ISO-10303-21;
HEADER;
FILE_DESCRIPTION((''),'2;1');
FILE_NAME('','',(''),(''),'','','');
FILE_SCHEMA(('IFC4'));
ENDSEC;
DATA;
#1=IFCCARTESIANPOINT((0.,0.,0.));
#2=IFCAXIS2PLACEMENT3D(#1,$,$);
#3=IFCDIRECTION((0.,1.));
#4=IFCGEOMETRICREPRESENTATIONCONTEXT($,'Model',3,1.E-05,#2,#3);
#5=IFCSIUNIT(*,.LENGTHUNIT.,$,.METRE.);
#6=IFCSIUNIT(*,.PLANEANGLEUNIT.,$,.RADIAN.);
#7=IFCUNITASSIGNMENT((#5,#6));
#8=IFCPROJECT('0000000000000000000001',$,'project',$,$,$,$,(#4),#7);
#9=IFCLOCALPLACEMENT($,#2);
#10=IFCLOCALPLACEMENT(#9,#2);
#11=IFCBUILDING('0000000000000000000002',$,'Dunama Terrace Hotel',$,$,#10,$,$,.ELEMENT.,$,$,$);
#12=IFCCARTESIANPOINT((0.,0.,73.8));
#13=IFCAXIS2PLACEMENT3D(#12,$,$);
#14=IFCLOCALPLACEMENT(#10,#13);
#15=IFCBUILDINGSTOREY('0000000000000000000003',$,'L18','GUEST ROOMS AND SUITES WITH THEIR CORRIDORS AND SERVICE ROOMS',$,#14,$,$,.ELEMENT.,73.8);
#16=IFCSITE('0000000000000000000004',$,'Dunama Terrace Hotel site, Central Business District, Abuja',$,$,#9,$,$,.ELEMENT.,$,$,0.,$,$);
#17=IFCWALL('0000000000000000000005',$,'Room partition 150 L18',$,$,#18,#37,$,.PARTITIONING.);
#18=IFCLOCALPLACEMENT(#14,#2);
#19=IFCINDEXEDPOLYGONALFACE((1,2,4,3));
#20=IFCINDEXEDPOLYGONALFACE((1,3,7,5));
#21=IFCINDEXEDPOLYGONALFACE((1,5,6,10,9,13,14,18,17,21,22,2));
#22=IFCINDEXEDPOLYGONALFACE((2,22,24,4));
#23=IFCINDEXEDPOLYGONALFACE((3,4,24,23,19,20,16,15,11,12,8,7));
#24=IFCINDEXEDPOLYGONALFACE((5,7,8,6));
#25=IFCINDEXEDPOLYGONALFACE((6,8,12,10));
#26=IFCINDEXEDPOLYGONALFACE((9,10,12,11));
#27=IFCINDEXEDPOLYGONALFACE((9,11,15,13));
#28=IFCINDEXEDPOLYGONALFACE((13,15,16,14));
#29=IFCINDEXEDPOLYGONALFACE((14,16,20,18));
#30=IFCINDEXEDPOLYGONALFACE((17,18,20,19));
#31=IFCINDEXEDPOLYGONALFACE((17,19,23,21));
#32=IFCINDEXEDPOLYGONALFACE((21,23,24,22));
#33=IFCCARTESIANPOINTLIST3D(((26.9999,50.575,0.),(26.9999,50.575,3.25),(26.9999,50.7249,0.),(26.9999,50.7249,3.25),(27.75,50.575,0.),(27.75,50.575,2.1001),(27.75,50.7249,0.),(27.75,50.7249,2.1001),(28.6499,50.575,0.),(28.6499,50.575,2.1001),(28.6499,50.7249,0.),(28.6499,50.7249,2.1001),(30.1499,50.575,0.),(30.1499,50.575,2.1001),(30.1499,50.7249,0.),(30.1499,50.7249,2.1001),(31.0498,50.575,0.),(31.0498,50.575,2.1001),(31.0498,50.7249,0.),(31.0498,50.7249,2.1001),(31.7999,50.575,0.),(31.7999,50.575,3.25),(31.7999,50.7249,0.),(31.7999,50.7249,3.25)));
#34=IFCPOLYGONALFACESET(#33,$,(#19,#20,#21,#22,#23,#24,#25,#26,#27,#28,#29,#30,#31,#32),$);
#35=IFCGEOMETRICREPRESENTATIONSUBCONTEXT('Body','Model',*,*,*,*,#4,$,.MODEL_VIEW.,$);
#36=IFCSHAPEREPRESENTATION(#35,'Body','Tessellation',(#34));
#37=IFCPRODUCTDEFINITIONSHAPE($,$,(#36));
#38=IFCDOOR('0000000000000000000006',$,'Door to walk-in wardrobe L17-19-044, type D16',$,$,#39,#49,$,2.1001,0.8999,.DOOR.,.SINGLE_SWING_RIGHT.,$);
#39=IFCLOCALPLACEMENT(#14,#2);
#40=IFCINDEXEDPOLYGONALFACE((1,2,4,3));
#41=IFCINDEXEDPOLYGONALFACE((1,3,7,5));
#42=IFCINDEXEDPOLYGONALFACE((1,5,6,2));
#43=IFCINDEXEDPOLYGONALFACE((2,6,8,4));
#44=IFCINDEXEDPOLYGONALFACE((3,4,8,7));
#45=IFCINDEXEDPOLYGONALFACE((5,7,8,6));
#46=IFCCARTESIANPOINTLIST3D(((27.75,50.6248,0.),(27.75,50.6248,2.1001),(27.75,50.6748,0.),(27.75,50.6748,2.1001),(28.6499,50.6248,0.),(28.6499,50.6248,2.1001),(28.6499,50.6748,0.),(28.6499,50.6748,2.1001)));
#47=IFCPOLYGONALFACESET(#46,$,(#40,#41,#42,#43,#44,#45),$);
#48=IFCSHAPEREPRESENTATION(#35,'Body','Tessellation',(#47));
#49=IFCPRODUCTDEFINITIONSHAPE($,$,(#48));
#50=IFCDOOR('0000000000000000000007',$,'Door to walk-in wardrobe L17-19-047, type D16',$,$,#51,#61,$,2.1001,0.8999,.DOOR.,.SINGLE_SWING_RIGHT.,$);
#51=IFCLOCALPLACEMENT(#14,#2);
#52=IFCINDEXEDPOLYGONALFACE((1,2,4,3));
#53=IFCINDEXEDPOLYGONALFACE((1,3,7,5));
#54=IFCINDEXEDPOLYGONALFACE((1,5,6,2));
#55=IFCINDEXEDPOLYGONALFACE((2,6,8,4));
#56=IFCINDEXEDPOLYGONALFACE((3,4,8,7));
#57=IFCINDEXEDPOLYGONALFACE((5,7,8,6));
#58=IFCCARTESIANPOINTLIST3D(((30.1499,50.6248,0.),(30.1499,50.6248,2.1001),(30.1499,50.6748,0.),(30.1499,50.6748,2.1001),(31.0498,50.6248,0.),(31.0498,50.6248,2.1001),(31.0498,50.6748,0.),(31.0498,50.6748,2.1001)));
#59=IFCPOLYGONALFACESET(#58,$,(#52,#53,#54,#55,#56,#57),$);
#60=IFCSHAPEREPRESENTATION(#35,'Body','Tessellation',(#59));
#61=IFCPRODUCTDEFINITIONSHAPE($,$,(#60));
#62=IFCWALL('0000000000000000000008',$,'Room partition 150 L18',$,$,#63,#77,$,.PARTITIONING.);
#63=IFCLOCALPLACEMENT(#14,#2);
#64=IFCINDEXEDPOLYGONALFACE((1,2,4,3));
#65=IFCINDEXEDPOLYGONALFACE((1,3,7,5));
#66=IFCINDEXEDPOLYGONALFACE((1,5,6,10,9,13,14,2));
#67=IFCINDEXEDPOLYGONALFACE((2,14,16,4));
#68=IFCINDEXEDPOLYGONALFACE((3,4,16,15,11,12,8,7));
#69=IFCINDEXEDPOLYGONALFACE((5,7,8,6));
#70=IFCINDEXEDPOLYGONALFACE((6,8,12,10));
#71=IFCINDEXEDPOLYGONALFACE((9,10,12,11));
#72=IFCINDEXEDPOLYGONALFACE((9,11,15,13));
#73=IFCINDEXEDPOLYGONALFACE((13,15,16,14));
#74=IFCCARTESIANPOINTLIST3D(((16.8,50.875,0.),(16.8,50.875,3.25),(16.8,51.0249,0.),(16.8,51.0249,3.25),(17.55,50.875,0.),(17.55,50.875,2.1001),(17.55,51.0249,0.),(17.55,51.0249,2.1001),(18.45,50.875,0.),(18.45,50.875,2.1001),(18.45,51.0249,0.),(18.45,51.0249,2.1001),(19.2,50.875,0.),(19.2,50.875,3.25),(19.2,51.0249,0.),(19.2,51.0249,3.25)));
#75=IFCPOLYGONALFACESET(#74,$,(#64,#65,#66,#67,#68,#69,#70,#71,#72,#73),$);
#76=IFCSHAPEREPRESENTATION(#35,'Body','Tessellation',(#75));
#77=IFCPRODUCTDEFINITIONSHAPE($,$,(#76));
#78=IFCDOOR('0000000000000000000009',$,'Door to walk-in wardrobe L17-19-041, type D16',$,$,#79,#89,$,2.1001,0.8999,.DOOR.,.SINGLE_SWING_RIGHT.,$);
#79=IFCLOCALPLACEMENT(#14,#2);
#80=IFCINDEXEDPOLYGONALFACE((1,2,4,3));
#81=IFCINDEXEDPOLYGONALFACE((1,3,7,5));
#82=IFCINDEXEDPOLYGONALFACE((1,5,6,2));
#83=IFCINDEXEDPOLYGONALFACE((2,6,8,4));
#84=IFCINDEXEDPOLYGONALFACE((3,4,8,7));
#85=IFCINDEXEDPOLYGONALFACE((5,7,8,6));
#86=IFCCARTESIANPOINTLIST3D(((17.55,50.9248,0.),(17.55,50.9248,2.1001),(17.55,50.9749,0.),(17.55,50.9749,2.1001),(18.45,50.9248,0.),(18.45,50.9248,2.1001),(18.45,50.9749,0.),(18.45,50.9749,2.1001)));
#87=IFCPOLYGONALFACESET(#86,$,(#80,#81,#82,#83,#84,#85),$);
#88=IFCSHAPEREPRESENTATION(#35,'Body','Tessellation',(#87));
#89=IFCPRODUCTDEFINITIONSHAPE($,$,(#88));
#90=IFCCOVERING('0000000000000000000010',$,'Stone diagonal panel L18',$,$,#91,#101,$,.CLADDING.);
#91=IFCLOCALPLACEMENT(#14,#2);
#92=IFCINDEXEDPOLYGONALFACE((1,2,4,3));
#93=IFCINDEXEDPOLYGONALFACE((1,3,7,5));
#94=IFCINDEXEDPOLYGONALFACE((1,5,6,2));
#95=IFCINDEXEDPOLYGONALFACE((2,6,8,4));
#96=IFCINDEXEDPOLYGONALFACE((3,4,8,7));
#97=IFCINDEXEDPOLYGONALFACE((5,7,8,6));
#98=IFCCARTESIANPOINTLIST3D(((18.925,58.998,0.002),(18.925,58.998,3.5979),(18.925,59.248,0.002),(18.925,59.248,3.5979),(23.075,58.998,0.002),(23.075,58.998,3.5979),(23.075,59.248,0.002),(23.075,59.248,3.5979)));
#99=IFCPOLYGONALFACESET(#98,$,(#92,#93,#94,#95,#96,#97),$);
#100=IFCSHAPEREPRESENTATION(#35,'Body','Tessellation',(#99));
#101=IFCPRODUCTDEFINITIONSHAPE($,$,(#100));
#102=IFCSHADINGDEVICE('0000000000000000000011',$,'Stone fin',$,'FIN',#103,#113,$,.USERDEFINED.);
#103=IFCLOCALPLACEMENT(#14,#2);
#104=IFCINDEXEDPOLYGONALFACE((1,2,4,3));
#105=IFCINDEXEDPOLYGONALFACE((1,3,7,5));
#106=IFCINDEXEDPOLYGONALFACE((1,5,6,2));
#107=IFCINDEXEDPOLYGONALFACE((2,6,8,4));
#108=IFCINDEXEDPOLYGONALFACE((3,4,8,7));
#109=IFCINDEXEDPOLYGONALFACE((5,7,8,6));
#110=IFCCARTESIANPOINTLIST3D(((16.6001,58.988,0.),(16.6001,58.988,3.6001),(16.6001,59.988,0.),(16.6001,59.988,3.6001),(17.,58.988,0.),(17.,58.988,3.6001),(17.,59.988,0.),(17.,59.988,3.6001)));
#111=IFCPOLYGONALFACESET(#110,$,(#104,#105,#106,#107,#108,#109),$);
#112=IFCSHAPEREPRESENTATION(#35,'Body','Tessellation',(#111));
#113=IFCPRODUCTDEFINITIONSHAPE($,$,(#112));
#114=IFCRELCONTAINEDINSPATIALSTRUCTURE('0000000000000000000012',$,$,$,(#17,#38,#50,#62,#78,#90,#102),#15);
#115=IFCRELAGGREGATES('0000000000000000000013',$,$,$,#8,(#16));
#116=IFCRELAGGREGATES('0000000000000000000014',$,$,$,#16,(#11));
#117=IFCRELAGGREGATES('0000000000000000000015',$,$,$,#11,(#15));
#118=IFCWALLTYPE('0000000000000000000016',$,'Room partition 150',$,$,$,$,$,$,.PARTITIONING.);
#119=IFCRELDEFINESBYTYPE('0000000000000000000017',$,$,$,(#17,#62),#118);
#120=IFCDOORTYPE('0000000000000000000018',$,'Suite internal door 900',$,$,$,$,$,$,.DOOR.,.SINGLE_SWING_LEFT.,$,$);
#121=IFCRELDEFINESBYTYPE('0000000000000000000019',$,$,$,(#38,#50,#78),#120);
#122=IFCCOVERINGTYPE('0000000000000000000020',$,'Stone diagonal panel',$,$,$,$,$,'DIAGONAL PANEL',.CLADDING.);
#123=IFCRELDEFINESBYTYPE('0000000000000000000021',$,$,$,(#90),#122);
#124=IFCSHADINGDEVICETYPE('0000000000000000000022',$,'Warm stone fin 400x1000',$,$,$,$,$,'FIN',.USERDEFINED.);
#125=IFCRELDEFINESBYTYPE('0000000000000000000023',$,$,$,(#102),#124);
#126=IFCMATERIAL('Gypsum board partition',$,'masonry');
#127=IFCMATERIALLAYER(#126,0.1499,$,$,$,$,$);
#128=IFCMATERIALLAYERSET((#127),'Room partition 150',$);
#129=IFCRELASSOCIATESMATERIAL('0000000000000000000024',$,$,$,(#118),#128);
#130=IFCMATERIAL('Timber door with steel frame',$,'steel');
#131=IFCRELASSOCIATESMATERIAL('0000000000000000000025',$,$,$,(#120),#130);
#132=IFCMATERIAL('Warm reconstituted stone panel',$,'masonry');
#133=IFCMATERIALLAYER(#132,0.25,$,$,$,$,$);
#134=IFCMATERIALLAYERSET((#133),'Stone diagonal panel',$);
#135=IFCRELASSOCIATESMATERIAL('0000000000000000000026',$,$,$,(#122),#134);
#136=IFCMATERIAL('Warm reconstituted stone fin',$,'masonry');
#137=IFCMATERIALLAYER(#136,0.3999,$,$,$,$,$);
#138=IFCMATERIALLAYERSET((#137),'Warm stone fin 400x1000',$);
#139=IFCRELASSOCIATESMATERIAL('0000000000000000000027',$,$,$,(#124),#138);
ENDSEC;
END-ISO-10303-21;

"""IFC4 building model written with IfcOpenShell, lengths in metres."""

from ifc_helpers import new_model, si_unit, direction, frame, frame_2d, origin, origin_2d, place, context, subcontext, project, spatial, rectangle, extrude, material, layer, layer_set, type_object, element, fill, save


model = new_model("IFC4")

# Units and contexts
model_context = context("Model", 3, precision=1e-05, world=origin(), true_north=direction((0.0, 1.0)))
body_context = subcontext(model_context, "Body", "Model", "MODEL_VIEW")
ifc_project = project(units=[si_unit("LENGTHUNIT", "METRE"), si_unit("PLANEANGLEUNIT", "RADIAN")], contexts=[model_context])

# Site, building, storey
site_placement = place(None, origin())
site = spatial("IfcSite", under=ifc_project, at=site_placement, Name="Dunama Terrace Hotel site, Central Business District, Abuja", CompositionType="ELEMENT", RefElevation=0.0)
building_placement = place(site_placement, origin())
building = spatial("IfcBuilding", under=site, at=building_placement, Name="Dunama Terrace Hotel", CompositionType="ELEMENT")
storey_placement = place(building_placement, frame((0.0, 0.0, 73.8)))
storey = spatial("IfcBuildingStorey", under=building, at=storey_placement, Name="L18", Description="GUEST ROOMS AND SUITES WITH THEIR CORRIDORS AND SERVICE ROOMS", CompositionType="ELEMENT", Elevation=73.8)

# Shared definitions
ifc_material_1 = material(Name="Gypsum board partition", Category="masonry")
ifc_layer_1 = layer(ifc_material_1, 0.1499)
ifc_layer_set_1 = layer_set([ifc_layer_1], Name="Room partition 150")
wall_type_1 = type_object("IfcWallType", Name="Room partition 150", PredefinedType="PARTITIONING", material=ifc_layer_set_1)

# Wall, openings, doors
wall_1_placement = place(storey_placement, frame((27.0, 50.6499, 0.0), z_axis=(0.0, 0.0, 1.0), x_axis=(1.0, 0.0, 0.0)))
wall_1 = element("IfcWall", 1, at=wall_1_placement, inside=storey, type_object=wall_type_1, Name="Room partition 150 L18", PredefinedType="PARTITIONING", context=body_context, shape_type="SweptSolid", body=[
    extrude(rectangle(XDim=4.8, YDim=0.1499, at=frame_2d((2.3999, 0.0))), origin(), (0.0, 0.0, 1.0), 3.25),
])
opening_1_placement = place(wall_1_placement, frame((0.75, 0.0, 0.0)))
opening_1 = element("IfcOpeningElement", 2, at=opening_1_placement, cuts=wall_1, PredefinedType="OPENING", context=body_context, shape_type="SweptSolid", body=[
    extrude(rectangle(XDim=0.8999, YDim=2.1001, at=frame_2d((0.45, 1.05))), frame((0.0, 0.085, 0.0), z_axis=(0.0, -1.0, 0.0), x_axis=(1.0, 0.0, 0.0)), (0.0, 0.0, 1.0), 0.1699),
])
opening_2_placement = place(wall_1_placement, frame((3.1499, 0.0, 0.0)))
opening_2 = element("IfcOpeningElement", 3, at=opening_2_placement, cuts=wall_1, PredefinedType="OPENING", context=body_context, shape_type="SweptSolid", body=[
    extrude(rectangle(XDim=0.8999, YDim=2.1001, at=frame_2d((0.45, 1.05))), frame((0.0, 0.085, 0.0), z_axis=(0.0, -1.0, 0.0), x_axis=(1.0, 0.0, 0.0)), (0.0, 0.0, 1.0), 0.1699),
])
ifc_material_2 = material(Name="Timber door with steel frame", Category="steel")
door_type_1 = type_object("IfcDoorType", Name="Suite internal door 900", OperationType="SINGLE_SWING_LEFT", PredefinedType="DOOR", material=ifc_material_2)
door_1_placement = place(opening_1_placement, frame((0.8999, 0.0, 0.0), z_axis=(0.0, 0.0, 1.0), x_axis=(-1.0, 0.0, 0.0)))
door_1 = element("IfcDoor", 4, at=door_1_placement, inside=storey, type_object=door_type_1, Name="Door to walk-in wardrobe L17-19-044, type D16", OperationType="SINGLE_SWING_RIGHT", OverallHeight=2.1001, OverallWidth=0.8999, PredefinedType="DOOR", context=body_context, shape_type="SweptSolid", body=[
    extrude(rectangle(XDim=0.8999, YDim=2.1001, at=frame_2d((0.45, 1.05))), frame((0.0, 0.0251, 0.0), z_axis=(0.0, -1.0, 0.0), x_axis=(1.0, 0.0, 0.0)), (0.0, 0.0, 1.0), 0.05),
])
fill(opening_1, door_1)
door_2_placement = place(opening_2_placement, frame((0.8999, 0.0, 0.0), z_axis=(0.0, 0.0, 1.0), x_axis=(-1.0, 0.0, 0.0)))
door_2 = element("IfcDoor", 5, at=door_2_placement, inside=storey, type_object=door_type_1, Name="Door to walk-in wardrobe L17-19-047, type D16", OperationType="SINGLE_SWING_RIGHT", OverallHeight=2.1001, OverallWidth=0.8999, PredefinedType="DOOR", context=body_context, shape_type="SweptSolid", body=[
    extrude(rectangle(XDim=0.8999, YDim=2.1001, at=frame_2d((0.45, 1.05))), frame((0.0, 0.0251, 0.0), z_axis=(0.0, -1.0, 0.0), x_axis=(1.0, 0.0, 0.0)), (0.0, 0.0, 1.0), 0.05),
])
fill(opening_2, door_2)

# Wall, opening, door
wall_2_placement = place(storey_placement, frame((16.8, 50.95, 0.0), z_axis=(0.0, 0.0, 1.0), x_axis=(1.0, 0.0, 0.0)))
wall_2 = element("IfcWall", 6, at=wall_2_placement, inside=storey, type_object=wall_type_1, Name="Room partition 150 L18", PredefinedType="PARTITIONING", context=body_context, shape_type="SweptSolid", body=[
    extrude(rectangle(XDim=2.3999, YDim=0.1499, at=frame_2d((1.2, 0.0))), origin(), (0.0, 0.0, 1.0), 3.25),
])
opening_3_placement = place(wall_2_placement, frame((0.75, 0.0, 0.0)))
opening_3 = element("IfcOpeningElement", 7, at=opening_3_placement, cuts=wall_2, PredefinedType="OPENING", context=body_context, shape_type="SweptSolid", body=[
    extrude(rectangle(XDim=0.8999, YDim=2.1001, at=frame_2d((0.45, 1.05))), frame((0.0, 0.085, 0.0), z_axis=(0.0, -1.0, 0.0), x_axis=(1.0, 0.0, 0.0)), (0.0, 0.0, 1.0), 0.1699),
])
door_3_placement = place(opening_3_placement, frame((0.8999, 0.0, 0.0), z_axis=(0.0, 0.0, 1.0), x_axis=(-1.0, 0.0, 0.0)))
door_3 = element("IfcDoor", 8, at=door_3_placement, inside=storey, type_object=door_type_1, Name="Door to walk-in wardrobe L17-19-041, type D16", OperationType="SINGLE_SWING_RIGHT", OverallHeight=2.1001, OverallWidth=0.8999, PredefinedType="DOOR", context=body_context, shape_type="SweptSolid", body=[
    extrude(rectangle(XDim=0.8999, YDim=2.1001, at=frame_2d((0.45, 1.05))), frame((0.0, 0.0251, 0.0), z_axis=(0.0, -1.0, 0.0), x_axis=(1.0, 0.0, 0.0)), (0.0, 0.0, 1.0), 0.05),
])
fill(opening_3, door_3)

# Covering
ifc_material_3 = material(Name="Warm reconstituted stone panel", Category="masonry")
ifc_layer_2 = layer(ifc_material_3, 0.25)
ifc_layer_set_2 = layer_set([ifc_layer_2], Name="Stone diagonal panel")
covering_type = type_object("IfcCoveringType", Name="Stone diagonal panel", ElementType="DIAGONAL PANEL", PredefinedType="CLADDING", material=ifc_layer_set_2)
covering_placement = place(storey_placement, frame((21.0, 59.123, 0.002), z_axis=(0.0, 0.0, 1.0), x_axis=(-1.0, 0.0, 0.0)))
element("IfcCovering", 9, at=covering_placement, inside=storey, type_object=covering_type, Name="Stone diagonal panel L18", PredefinedType="CLADDING", context=body_context, shape_type="SweptSolid", body=[
    extrude(rectangle(XDim=4.1499, YDim=0.25, at=origin_2d()), origin(), (0.0, 0.0, 1.0), 3.5959),
])

# Shading device
ifc_material_4 = material(Name="Warm reconstituted stone fin", Category="masonry")
ifc_layer_3 = layer(ifc_material_4, 0.3999)
ifc_layer_set_3 = layer_set([ifc_layer_3], Name="Warm stone fin 400x1000")
shading_device_type = type_object("IfcShadingDeviceType", Name="Warm stone fin 400x1000", ElementType="FIN", PredefinedType="USERDEFINED", material=ifc_layer_set_3)
shading_device_placement = place(storey_placement, frame((16.8, 59.488, 0.0), z_axis=(0.0, 0.0, 1.0), x_axis=(-1.0, 0.0, 0.0)))
element("IfcShadingDevice", 10, at=shading_device_placement, inside=storey, type_object=shading_device_type, Name="Stone fin", ObjectType="FIN", PredefinedType="USERDEFINED", context=body_context, shape_type="SweptSolid", body=[
    extrude(rectangle(XDim=0.3999, YDim=1.0, at=origin_2d()), origin(), (0.0, 0.0, 1.0), 3.6001),
])

save(model, "model.ifc")
